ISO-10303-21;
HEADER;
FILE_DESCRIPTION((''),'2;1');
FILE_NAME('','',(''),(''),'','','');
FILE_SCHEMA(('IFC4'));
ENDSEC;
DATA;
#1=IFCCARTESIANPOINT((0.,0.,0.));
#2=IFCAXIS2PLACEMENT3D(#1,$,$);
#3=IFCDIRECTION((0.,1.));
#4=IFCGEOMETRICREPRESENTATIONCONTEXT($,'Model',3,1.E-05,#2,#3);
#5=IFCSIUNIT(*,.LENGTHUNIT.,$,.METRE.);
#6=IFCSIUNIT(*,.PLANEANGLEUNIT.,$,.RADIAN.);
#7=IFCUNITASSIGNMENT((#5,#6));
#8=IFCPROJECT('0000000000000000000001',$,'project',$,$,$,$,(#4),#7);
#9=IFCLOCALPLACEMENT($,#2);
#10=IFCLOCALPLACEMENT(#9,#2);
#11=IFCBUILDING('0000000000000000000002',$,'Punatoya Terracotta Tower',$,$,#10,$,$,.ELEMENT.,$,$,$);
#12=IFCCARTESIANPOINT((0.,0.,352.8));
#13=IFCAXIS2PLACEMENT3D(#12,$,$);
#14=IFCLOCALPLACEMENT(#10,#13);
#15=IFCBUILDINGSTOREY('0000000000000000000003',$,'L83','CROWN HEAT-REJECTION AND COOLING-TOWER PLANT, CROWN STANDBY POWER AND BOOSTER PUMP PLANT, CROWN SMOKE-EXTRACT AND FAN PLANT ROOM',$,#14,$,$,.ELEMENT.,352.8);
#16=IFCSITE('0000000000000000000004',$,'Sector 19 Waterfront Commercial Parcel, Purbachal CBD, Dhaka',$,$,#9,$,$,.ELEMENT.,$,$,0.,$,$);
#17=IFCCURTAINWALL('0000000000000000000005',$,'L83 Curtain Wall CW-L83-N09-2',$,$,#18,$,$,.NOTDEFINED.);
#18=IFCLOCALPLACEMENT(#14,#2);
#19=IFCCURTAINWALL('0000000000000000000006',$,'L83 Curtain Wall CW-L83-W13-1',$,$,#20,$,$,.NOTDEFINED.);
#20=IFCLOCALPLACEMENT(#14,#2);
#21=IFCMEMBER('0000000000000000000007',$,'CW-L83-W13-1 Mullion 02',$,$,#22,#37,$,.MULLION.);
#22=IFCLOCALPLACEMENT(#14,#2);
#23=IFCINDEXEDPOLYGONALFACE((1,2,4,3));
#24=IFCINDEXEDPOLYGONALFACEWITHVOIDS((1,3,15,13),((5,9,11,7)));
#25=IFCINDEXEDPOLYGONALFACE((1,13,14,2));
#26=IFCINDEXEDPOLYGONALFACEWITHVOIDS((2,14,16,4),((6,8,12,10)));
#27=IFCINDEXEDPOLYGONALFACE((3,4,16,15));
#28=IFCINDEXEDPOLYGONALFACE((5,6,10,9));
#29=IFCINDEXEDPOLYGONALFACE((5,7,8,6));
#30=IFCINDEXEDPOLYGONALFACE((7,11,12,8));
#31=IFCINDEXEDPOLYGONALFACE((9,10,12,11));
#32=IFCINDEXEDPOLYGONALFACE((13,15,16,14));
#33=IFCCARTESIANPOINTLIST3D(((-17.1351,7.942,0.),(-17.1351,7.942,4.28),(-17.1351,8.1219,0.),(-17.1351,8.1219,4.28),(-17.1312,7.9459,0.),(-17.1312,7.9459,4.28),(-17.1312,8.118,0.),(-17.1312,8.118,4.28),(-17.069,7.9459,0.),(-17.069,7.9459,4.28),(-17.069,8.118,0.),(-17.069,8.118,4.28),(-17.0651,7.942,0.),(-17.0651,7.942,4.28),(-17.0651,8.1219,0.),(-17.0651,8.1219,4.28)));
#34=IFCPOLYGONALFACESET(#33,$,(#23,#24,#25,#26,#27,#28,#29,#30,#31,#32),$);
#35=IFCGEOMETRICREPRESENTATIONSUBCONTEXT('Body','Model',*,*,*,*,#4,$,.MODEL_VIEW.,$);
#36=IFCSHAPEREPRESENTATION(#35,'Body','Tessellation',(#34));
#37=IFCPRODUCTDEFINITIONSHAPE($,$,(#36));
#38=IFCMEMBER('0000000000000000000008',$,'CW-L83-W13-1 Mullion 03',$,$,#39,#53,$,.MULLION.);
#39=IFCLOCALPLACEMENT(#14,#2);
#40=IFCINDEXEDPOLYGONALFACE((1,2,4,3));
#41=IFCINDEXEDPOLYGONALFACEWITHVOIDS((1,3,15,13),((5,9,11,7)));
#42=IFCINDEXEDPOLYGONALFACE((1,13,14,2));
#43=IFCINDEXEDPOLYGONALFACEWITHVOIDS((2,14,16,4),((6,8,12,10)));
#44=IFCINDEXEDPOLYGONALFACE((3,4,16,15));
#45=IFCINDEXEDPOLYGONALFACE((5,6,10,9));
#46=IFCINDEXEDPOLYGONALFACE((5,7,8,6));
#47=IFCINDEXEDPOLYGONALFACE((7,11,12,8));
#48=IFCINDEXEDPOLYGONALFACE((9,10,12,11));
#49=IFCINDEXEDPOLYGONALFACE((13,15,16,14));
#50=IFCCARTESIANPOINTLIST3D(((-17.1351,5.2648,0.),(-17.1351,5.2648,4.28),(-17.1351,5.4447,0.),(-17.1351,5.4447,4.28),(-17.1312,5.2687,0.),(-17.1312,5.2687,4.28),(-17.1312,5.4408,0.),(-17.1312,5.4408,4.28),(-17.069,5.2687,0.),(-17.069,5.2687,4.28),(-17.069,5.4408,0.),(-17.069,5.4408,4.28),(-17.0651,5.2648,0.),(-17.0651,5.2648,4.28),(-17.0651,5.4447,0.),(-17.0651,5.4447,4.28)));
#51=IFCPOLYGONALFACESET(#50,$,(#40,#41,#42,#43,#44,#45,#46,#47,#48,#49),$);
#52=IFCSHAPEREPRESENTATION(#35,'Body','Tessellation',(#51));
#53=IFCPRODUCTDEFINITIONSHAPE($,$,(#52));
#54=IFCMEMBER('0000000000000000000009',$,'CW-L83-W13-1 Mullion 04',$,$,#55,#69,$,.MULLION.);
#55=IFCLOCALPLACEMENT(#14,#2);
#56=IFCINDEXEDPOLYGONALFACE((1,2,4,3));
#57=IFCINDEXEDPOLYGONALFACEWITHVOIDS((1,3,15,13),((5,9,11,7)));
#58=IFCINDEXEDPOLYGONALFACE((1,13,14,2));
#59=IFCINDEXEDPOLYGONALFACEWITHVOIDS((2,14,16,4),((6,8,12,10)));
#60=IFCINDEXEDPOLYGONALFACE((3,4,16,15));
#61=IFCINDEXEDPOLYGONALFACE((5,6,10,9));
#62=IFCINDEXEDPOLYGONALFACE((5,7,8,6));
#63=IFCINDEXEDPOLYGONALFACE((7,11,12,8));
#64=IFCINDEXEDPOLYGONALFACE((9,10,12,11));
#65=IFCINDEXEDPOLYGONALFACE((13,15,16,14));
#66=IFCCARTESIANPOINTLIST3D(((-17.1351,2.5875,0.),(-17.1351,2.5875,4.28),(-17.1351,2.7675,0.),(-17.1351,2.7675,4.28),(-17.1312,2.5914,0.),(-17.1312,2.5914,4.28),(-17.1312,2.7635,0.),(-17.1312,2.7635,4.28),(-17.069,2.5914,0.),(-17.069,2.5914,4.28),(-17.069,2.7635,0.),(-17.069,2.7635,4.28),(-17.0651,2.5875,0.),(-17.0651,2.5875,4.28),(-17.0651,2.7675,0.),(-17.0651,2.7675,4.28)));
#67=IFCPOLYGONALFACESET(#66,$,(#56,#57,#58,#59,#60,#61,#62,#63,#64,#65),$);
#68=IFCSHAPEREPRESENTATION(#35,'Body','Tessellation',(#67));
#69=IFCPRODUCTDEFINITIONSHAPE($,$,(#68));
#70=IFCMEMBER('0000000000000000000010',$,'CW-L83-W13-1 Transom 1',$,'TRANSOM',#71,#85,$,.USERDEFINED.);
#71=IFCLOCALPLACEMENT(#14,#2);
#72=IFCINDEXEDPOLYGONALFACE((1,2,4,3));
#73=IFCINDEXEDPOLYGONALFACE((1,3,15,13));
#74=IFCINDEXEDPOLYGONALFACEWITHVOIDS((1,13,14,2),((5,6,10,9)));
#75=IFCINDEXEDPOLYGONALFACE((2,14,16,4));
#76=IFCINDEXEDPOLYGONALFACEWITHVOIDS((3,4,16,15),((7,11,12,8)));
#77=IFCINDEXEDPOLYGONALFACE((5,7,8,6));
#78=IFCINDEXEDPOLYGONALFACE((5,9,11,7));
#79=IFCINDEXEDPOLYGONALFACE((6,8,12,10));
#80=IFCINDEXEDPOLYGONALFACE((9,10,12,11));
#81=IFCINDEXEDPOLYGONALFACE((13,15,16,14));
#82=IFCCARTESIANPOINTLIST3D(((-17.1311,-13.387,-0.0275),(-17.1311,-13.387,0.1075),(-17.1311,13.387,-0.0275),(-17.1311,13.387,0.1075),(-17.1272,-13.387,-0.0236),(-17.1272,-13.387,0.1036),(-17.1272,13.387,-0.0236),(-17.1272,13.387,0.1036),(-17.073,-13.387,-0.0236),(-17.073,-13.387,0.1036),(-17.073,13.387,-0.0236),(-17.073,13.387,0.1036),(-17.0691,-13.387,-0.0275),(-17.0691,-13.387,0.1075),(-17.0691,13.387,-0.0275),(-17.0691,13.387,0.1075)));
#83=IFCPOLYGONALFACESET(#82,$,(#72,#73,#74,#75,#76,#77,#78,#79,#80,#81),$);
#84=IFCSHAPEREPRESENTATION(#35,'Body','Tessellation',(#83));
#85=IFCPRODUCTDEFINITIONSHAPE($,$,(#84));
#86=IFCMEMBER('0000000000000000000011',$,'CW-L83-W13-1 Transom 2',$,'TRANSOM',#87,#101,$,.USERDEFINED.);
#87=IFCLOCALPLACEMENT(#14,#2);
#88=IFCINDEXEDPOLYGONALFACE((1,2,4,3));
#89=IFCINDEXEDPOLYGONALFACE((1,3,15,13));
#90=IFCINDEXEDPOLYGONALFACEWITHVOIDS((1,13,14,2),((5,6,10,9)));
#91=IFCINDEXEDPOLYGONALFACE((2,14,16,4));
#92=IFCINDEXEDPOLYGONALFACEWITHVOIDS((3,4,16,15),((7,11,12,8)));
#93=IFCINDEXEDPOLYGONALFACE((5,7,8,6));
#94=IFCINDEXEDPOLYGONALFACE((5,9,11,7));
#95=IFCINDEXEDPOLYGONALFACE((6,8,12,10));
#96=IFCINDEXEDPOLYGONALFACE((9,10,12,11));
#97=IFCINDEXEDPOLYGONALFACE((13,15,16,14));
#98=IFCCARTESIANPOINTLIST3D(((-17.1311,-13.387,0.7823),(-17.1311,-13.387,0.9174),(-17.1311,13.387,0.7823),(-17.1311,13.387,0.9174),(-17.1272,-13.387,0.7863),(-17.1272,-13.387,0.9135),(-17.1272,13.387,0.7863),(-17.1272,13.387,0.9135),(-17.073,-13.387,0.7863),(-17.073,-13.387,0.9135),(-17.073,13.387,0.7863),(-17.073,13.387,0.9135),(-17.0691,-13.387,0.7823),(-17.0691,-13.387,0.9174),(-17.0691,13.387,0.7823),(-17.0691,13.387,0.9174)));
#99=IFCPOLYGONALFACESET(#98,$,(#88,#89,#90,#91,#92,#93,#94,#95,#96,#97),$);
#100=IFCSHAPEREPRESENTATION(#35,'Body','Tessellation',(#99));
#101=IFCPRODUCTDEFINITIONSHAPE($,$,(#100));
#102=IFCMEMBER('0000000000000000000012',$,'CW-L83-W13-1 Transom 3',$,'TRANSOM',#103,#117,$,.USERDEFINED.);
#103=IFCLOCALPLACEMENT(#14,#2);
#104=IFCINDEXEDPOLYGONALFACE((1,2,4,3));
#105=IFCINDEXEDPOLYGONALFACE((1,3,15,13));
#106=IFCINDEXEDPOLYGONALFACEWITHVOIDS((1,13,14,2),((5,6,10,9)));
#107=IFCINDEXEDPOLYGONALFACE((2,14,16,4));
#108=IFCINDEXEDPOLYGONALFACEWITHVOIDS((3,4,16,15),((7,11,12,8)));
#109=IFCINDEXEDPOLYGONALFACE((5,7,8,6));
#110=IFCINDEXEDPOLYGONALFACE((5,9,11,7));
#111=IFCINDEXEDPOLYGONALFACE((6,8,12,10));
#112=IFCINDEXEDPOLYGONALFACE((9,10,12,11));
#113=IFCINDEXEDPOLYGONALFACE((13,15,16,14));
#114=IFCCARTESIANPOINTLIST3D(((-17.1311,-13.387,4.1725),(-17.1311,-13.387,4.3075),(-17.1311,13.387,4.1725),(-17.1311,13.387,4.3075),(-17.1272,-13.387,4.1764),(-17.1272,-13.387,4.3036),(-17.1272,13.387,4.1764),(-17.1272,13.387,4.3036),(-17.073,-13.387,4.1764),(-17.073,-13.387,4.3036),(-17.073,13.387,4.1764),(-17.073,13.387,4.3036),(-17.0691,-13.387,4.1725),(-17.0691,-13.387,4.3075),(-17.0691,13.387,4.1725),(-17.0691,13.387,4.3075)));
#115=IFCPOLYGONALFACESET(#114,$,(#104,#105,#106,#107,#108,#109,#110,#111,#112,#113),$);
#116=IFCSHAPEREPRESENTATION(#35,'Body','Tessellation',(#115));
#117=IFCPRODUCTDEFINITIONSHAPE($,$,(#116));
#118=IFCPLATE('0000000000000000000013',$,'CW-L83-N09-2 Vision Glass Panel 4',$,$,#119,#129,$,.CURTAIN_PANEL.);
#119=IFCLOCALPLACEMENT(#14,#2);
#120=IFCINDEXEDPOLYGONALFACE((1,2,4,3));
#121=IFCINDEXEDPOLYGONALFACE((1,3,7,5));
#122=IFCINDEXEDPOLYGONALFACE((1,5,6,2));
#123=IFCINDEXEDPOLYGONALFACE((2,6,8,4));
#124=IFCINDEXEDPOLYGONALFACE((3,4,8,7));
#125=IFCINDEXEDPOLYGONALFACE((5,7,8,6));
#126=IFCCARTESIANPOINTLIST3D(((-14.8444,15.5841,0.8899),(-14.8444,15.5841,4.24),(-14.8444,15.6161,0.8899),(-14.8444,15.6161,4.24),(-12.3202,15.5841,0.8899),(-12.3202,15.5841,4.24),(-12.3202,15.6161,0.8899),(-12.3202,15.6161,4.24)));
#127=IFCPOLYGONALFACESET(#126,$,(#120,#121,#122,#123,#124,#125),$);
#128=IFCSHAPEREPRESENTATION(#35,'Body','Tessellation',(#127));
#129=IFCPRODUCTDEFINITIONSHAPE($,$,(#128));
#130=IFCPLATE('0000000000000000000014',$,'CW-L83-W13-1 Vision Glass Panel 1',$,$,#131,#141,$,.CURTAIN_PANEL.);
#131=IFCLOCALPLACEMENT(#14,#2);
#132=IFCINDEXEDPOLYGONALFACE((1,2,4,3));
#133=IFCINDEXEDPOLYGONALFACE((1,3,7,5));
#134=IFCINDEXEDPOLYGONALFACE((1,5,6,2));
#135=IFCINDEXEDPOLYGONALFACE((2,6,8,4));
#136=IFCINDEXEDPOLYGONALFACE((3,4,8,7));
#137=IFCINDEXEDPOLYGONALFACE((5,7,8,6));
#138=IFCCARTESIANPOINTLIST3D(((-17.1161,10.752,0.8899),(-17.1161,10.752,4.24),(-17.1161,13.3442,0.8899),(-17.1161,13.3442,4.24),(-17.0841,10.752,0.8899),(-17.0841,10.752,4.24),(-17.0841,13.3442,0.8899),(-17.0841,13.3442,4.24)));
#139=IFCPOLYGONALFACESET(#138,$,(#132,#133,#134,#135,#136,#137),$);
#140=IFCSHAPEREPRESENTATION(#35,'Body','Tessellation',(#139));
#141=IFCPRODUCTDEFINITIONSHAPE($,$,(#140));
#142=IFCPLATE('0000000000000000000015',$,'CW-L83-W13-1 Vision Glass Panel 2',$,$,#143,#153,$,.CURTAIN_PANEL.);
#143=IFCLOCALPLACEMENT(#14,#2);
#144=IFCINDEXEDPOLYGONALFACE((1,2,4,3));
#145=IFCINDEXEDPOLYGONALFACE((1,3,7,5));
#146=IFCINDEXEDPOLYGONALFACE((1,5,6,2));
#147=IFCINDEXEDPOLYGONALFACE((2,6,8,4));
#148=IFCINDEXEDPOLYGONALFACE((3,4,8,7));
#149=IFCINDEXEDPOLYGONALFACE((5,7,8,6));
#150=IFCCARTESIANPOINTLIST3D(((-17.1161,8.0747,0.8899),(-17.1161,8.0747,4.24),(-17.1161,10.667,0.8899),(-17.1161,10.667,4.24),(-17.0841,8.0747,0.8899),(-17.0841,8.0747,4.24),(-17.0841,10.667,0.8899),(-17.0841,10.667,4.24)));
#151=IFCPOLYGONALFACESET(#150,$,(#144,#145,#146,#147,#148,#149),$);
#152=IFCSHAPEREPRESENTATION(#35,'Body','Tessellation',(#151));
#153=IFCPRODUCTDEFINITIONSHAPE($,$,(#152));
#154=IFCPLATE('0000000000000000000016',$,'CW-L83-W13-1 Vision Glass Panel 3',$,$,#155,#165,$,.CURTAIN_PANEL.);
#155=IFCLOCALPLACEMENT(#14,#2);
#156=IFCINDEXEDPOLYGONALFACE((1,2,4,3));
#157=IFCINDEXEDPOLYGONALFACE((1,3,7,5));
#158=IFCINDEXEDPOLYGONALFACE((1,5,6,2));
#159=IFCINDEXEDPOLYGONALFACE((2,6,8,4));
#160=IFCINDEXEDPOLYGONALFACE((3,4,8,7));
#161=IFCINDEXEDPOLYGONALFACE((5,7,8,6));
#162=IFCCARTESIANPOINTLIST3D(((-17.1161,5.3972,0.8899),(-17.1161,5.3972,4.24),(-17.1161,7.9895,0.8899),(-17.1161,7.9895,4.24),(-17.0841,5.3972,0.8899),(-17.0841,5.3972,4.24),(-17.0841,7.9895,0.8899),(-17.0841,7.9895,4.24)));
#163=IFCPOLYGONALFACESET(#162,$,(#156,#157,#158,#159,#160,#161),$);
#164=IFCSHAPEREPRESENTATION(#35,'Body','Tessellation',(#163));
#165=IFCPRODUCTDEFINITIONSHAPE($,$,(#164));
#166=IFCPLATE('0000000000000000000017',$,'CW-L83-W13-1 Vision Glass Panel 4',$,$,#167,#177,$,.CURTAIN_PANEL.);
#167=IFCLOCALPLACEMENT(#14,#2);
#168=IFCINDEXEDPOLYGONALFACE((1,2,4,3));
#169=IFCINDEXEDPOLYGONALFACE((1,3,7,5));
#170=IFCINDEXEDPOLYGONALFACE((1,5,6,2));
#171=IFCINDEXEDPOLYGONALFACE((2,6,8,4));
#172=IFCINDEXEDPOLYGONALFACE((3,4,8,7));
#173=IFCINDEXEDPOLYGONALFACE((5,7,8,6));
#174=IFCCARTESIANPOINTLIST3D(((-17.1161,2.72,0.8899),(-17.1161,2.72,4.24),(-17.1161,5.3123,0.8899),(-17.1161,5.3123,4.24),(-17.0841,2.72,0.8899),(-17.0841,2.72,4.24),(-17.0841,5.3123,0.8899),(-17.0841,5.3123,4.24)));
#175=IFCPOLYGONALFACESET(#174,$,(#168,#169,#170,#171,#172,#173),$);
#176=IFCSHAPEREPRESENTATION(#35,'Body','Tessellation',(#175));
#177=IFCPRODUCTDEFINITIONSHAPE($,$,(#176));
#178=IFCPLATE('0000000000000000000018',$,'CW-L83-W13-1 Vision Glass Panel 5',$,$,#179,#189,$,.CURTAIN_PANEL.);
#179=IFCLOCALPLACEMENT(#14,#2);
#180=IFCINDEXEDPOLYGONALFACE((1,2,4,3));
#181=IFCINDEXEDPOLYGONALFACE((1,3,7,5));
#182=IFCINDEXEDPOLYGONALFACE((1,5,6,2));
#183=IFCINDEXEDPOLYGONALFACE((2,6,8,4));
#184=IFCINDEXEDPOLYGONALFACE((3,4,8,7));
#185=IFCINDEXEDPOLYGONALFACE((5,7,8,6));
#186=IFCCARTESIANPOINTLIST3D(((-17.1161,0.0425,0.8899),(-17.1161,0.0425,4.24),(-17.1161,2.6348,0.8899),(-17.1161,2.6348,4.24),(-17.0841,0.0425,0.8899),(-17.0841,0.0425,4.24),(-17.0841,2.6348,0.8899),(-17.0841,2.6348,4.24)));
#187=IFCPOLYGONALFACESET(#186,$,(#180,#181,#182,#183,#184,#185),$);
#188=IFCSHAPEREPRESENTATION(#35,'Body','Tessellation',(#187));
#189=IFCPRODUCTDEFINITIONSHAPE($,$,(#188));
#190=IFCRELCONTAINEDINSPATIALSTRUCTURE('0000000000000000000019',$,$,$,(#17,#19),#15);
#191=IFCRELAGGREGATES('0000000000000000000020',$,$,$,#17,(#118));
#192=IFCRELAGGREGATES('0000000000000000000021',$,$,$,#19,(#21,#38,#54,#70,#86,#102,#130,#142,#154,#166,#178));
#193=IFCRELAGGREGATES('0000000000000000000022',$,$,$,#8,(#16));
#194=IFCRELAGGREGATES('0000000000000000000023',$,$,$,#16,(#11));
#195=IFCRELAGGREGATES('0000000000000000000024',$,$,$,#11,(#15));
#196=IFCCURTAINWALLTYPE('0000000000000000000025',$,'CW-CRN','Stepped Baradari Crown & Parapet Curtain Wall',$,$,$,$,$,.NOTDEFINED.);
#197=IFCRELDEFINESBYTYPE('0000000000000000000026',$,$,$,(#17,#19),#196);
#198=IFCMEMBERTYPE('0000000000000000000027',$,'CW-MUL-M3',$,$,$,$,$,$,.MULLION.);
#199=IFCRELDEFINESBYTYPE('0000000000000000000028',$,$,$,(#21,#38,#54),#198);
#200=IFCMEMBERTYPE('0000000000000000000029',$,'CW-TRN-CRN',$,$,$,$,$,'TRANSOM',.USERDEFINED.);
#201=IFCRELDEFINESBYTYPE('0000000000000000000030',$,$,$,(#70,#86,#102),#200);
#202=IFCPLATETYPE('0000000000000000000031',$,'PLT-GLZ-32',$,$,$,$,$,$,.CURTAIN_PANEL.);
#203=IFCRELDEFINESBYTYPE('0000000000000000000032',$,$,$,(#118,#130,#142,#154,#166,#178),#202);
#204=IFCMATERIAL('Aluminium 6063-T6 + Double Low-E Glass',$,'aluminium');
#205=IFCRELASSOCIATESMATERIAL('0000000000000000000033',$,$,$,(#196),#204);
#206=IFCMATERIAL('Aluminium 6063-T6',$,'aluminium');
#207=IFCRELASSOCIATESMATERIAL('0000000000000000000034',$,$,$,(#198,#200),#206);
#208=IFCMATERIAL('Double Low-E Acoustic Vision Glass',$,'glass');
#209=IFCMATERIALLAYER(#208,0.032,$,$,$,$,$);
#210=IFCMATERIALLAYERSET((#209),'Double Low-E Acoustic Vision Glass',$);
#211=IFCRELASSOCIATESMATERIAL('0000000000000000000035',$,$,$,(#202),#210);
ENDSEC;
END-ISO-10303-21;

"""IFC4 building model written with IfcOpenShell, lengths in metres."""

from ifc_helpers import new_model, si_unit, direction, frame, origin, origin_2d, place, context, subcontext, project, spatial, rectangle, hollow_rectangle, extrude, material, layer, layer_set, material_profile, profile_set, type_object, element, aggregate, save


model = new_model("IFC4")

# Units and contexts
model_context = context("Model", 3, precision=1e-05, world=origin(), true_north=direction((0.0, 1.0)))
body_context = subcontext(model_context, "Body", "Model", "MODEL_VIEW")
ifc_project = project(units=[si_unit("LENGTHUNIT", "METRE"), si_unit("PLANEANGLEUNIT", "RADIAN")], contexts=[model_context])

# Site, building, storey
site_placement = place(None, origin())
site = spatial("IfcSite", under=ifc_project, at=site_placement, Name="Sector 19 Waterfront Commercial Parcel, Purbachal CBD, Dhaka", CompositionType="ELEMENT", RefElevation=0.0)
building_placement = place(site_placement, origin())
building = spatial("IfcBuilding", under=site, at=building_placement, Name="Punatoya Terracotta Tower", CompositionType="ELEMENT")
storey_placement = place(building_placement, frame((0.0, 0.0, 352.8)))
storey = spatial("IfcBuildingStorey", under=building, at=storey_placement, Name="L83", Description="CROWN HEAT-REJECTION AND COOLING-TOWER PLANT, CROWN STANDBY POWER AND BOOSTER PUMP PLANT, CROWN SMOKE-EXTRACT AND FAN PLANT ROOM", CompositionType="ELEMENT", Elevation=352.8)

# Curtain wall
ifc_material_1 = material(Name="Aluminium 6063-T6 + Double Low-E Glass", Category="aluminium")
curtain_wall_type = type_object("IfcCurtainWallType", Name="CW-CRN", Description="Stepped Baradari Crown & Parapet Curtain Wall", PredefinedType="NOTDEFINED", material=ifc_material_1)
curtain_wall_1_placement = place(storey_placement, origin())
curtain_wall_1 = element("IfcCurtainWall", 1, at=curtain_wall_1_placement, inside=storey, type_object=curtain_wall_type, Name="L83 Curtain Wall CW-L83-N09-2", PredefinedType="NOTDEFINED")
ifc_material_2 = material(Name="Aluminium 6063-T6", Category="aluminium")
ifc_material_profile_1 = material_profile(ifc_material_2, hollow_rectangle(XDim=0.0701, YDim=0.1799, WallThickness=0.0039, at=origin_2d()))
ifc_profile_set_1 = profile_set([ifc_material_profile_1], Name="Aluminium 6063-T6")
member_type_1 = type_object("IfcMemberType", Name="CW-MUL-M3", PredefinedType="MULLION", material=ifc_profile_set_1)

# Curtain wall, members
curtain_wall_2_placement = place(storey_placement, origin())
curtain_wall_2 = element("IfcCurtainWall", 2, at=curtain_wall_2_placement, inside=storey, type_object=curtain_wall_type, Name="L83 Curtain Wall CW-L83-W13-1", PredefinedType="NOTDEFINED")
member_1_placement = place(storey_placement, frame((-17.1001, 8.032, 0.0), z_axis=(0.0, 0.0, 1.0), x_axis=(1.0, 0.0, 0.0)))
member_1 = element("IfcMember", 3, at=member_1_placement, type_object=member_type_1, Name="CW-L83-W13-1 Mullion 02", PredefinedType="MULLION", context=body_context, shape_type="SweptSolid", body=[
    extrude(hollow_rectangle(XDim=0.0701, YDim=0.1799, WallThickness=0.0039, at=origin_2d()), origin(), (0.0, 0.0, 1.0), 4.28),
])
member_2_placement = place(storey_placement, frame((-17.1001, 5.3547, 0.0), z_axis=(0.0, 0.0, 1.0), x_axis=(1.0, 0.0, 0.0)))
member_2 = element("IfcMember", 4, at=member_2_placement, type_object=member_type_1, Name="CW-L83-W13-1 Mullion 03", PredefinedType="MULLION", context=body_context, shape_type="SweptSolid", body=[
    extrude(hollow_rectangle(XDim=0.0701, YDim=0.1799, WallThickness=0.0039, at=origin_2d()), origin(), (0.0, 0.0, 1.0), 4.28),
])
member_3_placement = place(storey_placement, frame((-17.1001, 2.6775, 0.0), z_axis=(0.0, 0.0, 1.0), x_axis=(1.0, 0.0, 0.0)))
member_3 = element("IfcMember", 5, at=member_3_placement, type_object=member_type_1, Name="CW-L83-W13-1 Mullion 04", PredefinedType="MULLION", context=body_context, shape_type="SweptSolid", body=[
    extrude(hollow_rectangle(XDim=0.0701, YDim=0.1799, WallThickness=0.0039, at=origin_2d()), origin(), (0.0, 0.0, 1.0), 4.28),
])
ifc_material_profile_2 = material_profile(ifc_material_2, hollow_rectangle(XDim=0.062, YDim=0.135, WallThickness=0.0039, at=origin_2d()))
ifc_profile_set_2 = profile_set([ifc_material_profile_2], Name="Aluminium 6063-T6")
member_type_2 = type_object("IfcMemberType", Name="CW-TRN-CRN", ElementType="TRANSOM", PredefinedType="USERDEFINED", material=ifc_profile_set_2)
member_4_placement = place(storey_placement, frame((-17.1001, 13.387, 0.04), z_axis=(0.0, -1.0, 0.0), x_axis=(1.0, 0.0, 0.0)))
member_4 = element("IfcMember", 6, at=member_4_placement, type_object=member_type_2, Name="CW-L83-W13-1 Transom 1", ObjectType="TRANSOM", PredefinedType="USERDEFINED", context=body_context, shape_type="SweptSolid", body=[
    extrude(hollow_rectangle(XDim=0.062, YDim=0.135, WallThickness=0.0039, at=origin_2d()), origin(), (0.0, 0.0, 1.0), 26.7739),
])
member_5_placement = place(storey_placement, frame((-17.1001, 13.387, 0.8499), z_axis=(0.0, -1.0, 0.0), x_axis=(1.0, 0.0, 0.0)))
member_5 = element("IfcMember", 7, at=member_5_placement, type_object=member_type_2, Name="CW-L83-W13-1 Transom 2", ObjectType="TRANSOM", PredefinedType="USERDEFINED", context=body_context, shape_type="SweptSolid", body=[
    extrude(hollow_rectangle(XDim=0.062, YDim=0.135, WallThickness=0.0039, at=origin_2d()), origin(), (0.0, 0.0, 1.0), 26.7739),
])
member_6_placement = place(storey_placement, frame((-17.1001, 13.387, 4.24), z_axis=(0.0, -1.0, 0.0), x_axis=(1.0, 0.0, 0.0)))
member_6 = element("IfcMember", 8, at=member_6_placement, type_object=member_type_2, Name="CW-L83-W13-1 Transom 3", ObjectType="TRANSOM", PredefinedType="USERDEFINED", context=body_context, shape_type="SweptSolid", body=[
    extrude(hollow_rectangle(XDim=0.062, YDim=0.135, WallThickness=0.0039, at=origin_2d()), origin(), (0.0, 0.0, 1.0), 26.7739),
])

# Plates
ifc_material_3 = material(Name="Double Low-E Acoustic Vision Glass", Category="glass")
ifc_layer_1 = layer(ifc_material_3, 0.032)
ifc_layer_set_1 = layer_set([ifc_layer_1], Name="Double Low-E Acoustic Vision Glass")
plate_type_1 = type_object("IfcPlateType", Name="PLT-GLZ-32", PredefinedType="CURTAIN_PANEL", material=ifc_layer_set_1)
plate_1_placement = place(storey_placement, frame((-13.5823, 15.6001, 0.8899), z_axis=(0.0, 0.0, 1.0), x_axis=(-1.0, 0.0, 0.0)))
plate_1 = element("IfcPlate", 9, at=plate_1_placement, type_object=plate_type_1, Name="CW-L83-N09-2 Vision Glass Panel 4", PredefinedType="CURTAIN_PANEL", context=body_context, shape_type="SweptSolid", body=[
    extrude(rectangle(XDim=2.5242, YDim=0.032, at=origin_2d()), origin(), (0.0, 0.0, 1.0), 3.3501),
])
plate_2_placement = place(storey_placement, frame((-17.1001, 12.0481, 0.8899), z_axis=(0.0, 0.0, 1.0), x_axis=(0.0, -1.0, 0.0)))
plate_2 = element("IfcPlate", 10, at=plate_2_placement, type_object=plate_type_1, Name="CW-L83-W13-1 Vision Glass Panel 1", PredefinedType="CURTAIN_PANEL", context=body_context, shape_type="SweptSolid", body=[
    extrude(rectangle(XDim=2.5923, YDim=0.032, at=origin_2d()), origin(), (0.0, 0.0, 1.0), 3.3501),
])
plate_3_placement = place(storey_placement, frame((-17.1001, 9.3708, 0.8899), z_axis=(0.0, 0.0, 1.0), x_axis=(0.0, -1.0, 0.0)))
plate_3 = element("IfcPlate", 11, at=plate_3_placement, type_object=plate_type_1, Name="CW-L83-W13-1 Vision Glass Panel 2", PredefinedType="CURTAIN_PANEL", context=body_context, shape_type="SweptSolid", body=[
    extrude(rectangle(XDim=2.5923, YDim=0.032, at=origin_2d()), origin(), (0.0, 0.0, 1.0), 3.3501),
])
plate_4_placement = place(storey_placement, frame((-17.1001, 6.6934, 0.8899), z_axis=(0.0, 0.0, 1.0), x_axis=(0.0, -1.0, 0.0)))
plate_4 = element("IfcPlate", 12, at=plate_4_placement, type_object=plate_type_1, Name="CW-L83-W13-1 Vision Glass Panel 3", PredefinedType="CURTAIN_PANEL", context=body_context, shape_type="SweptSolid", body=[
    extrude(rectangle(XDim=2.5923, YDim=0.032, at=origin_2d()), origin(), (0.0, 0.0, 1.0), 3.3501),
])
plate_5_placement = place(storey_placement, frame((-17.1001, 4.0161, 0.8899), z_axis=(0.0, 0.0, 1.0), x_axis=(0.0, -1.0, 0.0)))
plate_5 = element("IfcPlate", 13, at=plate_5_placement, type_object=plate_type_1, Name="CW-L83-W13-1 Vision Glass Panel 4", PredefinedType="CURTAIN_PANEL", context=body_context, shape_type="SweptSolid", body=[
    extrude(rectangle(XDim=2.5923, YDim=0.032, at=origin_2d()), origin(), (0.0, 0.0, 1.0), 3.3501),
])
plate_6_placement = place(storey_placement, frame((-17.1001, 1.3386, 0.8899), z_axis=(0.0, 0.0, 1.0), x_axis=(0.0, -1.0, 0.0)))
plate_6 = element("IfcPlate", 14, at=plate_6_placement, type_object=plate_type_1, Name="CW-L83-W13-1 Vision Glass Panel 5", PredefinedType="CURTAIN_PANEL", context=body_context, shape_type="SweptSolid", body=[
    extrude(rectangle(XDim=2.5923, YDim=0.032, at=origin_2d()), origin(), (0.0, 0.0, 1.0), 3.3501),
])
aggregate(curtain_wall_1, [plate_1])
aggregate(curtain_wall_2, [member_1, member_2, member_3, member_4, member_5, member_6, plate_2, plate_3, plate_4, plate_5, plate_6])

save(model, "model.ifc")
